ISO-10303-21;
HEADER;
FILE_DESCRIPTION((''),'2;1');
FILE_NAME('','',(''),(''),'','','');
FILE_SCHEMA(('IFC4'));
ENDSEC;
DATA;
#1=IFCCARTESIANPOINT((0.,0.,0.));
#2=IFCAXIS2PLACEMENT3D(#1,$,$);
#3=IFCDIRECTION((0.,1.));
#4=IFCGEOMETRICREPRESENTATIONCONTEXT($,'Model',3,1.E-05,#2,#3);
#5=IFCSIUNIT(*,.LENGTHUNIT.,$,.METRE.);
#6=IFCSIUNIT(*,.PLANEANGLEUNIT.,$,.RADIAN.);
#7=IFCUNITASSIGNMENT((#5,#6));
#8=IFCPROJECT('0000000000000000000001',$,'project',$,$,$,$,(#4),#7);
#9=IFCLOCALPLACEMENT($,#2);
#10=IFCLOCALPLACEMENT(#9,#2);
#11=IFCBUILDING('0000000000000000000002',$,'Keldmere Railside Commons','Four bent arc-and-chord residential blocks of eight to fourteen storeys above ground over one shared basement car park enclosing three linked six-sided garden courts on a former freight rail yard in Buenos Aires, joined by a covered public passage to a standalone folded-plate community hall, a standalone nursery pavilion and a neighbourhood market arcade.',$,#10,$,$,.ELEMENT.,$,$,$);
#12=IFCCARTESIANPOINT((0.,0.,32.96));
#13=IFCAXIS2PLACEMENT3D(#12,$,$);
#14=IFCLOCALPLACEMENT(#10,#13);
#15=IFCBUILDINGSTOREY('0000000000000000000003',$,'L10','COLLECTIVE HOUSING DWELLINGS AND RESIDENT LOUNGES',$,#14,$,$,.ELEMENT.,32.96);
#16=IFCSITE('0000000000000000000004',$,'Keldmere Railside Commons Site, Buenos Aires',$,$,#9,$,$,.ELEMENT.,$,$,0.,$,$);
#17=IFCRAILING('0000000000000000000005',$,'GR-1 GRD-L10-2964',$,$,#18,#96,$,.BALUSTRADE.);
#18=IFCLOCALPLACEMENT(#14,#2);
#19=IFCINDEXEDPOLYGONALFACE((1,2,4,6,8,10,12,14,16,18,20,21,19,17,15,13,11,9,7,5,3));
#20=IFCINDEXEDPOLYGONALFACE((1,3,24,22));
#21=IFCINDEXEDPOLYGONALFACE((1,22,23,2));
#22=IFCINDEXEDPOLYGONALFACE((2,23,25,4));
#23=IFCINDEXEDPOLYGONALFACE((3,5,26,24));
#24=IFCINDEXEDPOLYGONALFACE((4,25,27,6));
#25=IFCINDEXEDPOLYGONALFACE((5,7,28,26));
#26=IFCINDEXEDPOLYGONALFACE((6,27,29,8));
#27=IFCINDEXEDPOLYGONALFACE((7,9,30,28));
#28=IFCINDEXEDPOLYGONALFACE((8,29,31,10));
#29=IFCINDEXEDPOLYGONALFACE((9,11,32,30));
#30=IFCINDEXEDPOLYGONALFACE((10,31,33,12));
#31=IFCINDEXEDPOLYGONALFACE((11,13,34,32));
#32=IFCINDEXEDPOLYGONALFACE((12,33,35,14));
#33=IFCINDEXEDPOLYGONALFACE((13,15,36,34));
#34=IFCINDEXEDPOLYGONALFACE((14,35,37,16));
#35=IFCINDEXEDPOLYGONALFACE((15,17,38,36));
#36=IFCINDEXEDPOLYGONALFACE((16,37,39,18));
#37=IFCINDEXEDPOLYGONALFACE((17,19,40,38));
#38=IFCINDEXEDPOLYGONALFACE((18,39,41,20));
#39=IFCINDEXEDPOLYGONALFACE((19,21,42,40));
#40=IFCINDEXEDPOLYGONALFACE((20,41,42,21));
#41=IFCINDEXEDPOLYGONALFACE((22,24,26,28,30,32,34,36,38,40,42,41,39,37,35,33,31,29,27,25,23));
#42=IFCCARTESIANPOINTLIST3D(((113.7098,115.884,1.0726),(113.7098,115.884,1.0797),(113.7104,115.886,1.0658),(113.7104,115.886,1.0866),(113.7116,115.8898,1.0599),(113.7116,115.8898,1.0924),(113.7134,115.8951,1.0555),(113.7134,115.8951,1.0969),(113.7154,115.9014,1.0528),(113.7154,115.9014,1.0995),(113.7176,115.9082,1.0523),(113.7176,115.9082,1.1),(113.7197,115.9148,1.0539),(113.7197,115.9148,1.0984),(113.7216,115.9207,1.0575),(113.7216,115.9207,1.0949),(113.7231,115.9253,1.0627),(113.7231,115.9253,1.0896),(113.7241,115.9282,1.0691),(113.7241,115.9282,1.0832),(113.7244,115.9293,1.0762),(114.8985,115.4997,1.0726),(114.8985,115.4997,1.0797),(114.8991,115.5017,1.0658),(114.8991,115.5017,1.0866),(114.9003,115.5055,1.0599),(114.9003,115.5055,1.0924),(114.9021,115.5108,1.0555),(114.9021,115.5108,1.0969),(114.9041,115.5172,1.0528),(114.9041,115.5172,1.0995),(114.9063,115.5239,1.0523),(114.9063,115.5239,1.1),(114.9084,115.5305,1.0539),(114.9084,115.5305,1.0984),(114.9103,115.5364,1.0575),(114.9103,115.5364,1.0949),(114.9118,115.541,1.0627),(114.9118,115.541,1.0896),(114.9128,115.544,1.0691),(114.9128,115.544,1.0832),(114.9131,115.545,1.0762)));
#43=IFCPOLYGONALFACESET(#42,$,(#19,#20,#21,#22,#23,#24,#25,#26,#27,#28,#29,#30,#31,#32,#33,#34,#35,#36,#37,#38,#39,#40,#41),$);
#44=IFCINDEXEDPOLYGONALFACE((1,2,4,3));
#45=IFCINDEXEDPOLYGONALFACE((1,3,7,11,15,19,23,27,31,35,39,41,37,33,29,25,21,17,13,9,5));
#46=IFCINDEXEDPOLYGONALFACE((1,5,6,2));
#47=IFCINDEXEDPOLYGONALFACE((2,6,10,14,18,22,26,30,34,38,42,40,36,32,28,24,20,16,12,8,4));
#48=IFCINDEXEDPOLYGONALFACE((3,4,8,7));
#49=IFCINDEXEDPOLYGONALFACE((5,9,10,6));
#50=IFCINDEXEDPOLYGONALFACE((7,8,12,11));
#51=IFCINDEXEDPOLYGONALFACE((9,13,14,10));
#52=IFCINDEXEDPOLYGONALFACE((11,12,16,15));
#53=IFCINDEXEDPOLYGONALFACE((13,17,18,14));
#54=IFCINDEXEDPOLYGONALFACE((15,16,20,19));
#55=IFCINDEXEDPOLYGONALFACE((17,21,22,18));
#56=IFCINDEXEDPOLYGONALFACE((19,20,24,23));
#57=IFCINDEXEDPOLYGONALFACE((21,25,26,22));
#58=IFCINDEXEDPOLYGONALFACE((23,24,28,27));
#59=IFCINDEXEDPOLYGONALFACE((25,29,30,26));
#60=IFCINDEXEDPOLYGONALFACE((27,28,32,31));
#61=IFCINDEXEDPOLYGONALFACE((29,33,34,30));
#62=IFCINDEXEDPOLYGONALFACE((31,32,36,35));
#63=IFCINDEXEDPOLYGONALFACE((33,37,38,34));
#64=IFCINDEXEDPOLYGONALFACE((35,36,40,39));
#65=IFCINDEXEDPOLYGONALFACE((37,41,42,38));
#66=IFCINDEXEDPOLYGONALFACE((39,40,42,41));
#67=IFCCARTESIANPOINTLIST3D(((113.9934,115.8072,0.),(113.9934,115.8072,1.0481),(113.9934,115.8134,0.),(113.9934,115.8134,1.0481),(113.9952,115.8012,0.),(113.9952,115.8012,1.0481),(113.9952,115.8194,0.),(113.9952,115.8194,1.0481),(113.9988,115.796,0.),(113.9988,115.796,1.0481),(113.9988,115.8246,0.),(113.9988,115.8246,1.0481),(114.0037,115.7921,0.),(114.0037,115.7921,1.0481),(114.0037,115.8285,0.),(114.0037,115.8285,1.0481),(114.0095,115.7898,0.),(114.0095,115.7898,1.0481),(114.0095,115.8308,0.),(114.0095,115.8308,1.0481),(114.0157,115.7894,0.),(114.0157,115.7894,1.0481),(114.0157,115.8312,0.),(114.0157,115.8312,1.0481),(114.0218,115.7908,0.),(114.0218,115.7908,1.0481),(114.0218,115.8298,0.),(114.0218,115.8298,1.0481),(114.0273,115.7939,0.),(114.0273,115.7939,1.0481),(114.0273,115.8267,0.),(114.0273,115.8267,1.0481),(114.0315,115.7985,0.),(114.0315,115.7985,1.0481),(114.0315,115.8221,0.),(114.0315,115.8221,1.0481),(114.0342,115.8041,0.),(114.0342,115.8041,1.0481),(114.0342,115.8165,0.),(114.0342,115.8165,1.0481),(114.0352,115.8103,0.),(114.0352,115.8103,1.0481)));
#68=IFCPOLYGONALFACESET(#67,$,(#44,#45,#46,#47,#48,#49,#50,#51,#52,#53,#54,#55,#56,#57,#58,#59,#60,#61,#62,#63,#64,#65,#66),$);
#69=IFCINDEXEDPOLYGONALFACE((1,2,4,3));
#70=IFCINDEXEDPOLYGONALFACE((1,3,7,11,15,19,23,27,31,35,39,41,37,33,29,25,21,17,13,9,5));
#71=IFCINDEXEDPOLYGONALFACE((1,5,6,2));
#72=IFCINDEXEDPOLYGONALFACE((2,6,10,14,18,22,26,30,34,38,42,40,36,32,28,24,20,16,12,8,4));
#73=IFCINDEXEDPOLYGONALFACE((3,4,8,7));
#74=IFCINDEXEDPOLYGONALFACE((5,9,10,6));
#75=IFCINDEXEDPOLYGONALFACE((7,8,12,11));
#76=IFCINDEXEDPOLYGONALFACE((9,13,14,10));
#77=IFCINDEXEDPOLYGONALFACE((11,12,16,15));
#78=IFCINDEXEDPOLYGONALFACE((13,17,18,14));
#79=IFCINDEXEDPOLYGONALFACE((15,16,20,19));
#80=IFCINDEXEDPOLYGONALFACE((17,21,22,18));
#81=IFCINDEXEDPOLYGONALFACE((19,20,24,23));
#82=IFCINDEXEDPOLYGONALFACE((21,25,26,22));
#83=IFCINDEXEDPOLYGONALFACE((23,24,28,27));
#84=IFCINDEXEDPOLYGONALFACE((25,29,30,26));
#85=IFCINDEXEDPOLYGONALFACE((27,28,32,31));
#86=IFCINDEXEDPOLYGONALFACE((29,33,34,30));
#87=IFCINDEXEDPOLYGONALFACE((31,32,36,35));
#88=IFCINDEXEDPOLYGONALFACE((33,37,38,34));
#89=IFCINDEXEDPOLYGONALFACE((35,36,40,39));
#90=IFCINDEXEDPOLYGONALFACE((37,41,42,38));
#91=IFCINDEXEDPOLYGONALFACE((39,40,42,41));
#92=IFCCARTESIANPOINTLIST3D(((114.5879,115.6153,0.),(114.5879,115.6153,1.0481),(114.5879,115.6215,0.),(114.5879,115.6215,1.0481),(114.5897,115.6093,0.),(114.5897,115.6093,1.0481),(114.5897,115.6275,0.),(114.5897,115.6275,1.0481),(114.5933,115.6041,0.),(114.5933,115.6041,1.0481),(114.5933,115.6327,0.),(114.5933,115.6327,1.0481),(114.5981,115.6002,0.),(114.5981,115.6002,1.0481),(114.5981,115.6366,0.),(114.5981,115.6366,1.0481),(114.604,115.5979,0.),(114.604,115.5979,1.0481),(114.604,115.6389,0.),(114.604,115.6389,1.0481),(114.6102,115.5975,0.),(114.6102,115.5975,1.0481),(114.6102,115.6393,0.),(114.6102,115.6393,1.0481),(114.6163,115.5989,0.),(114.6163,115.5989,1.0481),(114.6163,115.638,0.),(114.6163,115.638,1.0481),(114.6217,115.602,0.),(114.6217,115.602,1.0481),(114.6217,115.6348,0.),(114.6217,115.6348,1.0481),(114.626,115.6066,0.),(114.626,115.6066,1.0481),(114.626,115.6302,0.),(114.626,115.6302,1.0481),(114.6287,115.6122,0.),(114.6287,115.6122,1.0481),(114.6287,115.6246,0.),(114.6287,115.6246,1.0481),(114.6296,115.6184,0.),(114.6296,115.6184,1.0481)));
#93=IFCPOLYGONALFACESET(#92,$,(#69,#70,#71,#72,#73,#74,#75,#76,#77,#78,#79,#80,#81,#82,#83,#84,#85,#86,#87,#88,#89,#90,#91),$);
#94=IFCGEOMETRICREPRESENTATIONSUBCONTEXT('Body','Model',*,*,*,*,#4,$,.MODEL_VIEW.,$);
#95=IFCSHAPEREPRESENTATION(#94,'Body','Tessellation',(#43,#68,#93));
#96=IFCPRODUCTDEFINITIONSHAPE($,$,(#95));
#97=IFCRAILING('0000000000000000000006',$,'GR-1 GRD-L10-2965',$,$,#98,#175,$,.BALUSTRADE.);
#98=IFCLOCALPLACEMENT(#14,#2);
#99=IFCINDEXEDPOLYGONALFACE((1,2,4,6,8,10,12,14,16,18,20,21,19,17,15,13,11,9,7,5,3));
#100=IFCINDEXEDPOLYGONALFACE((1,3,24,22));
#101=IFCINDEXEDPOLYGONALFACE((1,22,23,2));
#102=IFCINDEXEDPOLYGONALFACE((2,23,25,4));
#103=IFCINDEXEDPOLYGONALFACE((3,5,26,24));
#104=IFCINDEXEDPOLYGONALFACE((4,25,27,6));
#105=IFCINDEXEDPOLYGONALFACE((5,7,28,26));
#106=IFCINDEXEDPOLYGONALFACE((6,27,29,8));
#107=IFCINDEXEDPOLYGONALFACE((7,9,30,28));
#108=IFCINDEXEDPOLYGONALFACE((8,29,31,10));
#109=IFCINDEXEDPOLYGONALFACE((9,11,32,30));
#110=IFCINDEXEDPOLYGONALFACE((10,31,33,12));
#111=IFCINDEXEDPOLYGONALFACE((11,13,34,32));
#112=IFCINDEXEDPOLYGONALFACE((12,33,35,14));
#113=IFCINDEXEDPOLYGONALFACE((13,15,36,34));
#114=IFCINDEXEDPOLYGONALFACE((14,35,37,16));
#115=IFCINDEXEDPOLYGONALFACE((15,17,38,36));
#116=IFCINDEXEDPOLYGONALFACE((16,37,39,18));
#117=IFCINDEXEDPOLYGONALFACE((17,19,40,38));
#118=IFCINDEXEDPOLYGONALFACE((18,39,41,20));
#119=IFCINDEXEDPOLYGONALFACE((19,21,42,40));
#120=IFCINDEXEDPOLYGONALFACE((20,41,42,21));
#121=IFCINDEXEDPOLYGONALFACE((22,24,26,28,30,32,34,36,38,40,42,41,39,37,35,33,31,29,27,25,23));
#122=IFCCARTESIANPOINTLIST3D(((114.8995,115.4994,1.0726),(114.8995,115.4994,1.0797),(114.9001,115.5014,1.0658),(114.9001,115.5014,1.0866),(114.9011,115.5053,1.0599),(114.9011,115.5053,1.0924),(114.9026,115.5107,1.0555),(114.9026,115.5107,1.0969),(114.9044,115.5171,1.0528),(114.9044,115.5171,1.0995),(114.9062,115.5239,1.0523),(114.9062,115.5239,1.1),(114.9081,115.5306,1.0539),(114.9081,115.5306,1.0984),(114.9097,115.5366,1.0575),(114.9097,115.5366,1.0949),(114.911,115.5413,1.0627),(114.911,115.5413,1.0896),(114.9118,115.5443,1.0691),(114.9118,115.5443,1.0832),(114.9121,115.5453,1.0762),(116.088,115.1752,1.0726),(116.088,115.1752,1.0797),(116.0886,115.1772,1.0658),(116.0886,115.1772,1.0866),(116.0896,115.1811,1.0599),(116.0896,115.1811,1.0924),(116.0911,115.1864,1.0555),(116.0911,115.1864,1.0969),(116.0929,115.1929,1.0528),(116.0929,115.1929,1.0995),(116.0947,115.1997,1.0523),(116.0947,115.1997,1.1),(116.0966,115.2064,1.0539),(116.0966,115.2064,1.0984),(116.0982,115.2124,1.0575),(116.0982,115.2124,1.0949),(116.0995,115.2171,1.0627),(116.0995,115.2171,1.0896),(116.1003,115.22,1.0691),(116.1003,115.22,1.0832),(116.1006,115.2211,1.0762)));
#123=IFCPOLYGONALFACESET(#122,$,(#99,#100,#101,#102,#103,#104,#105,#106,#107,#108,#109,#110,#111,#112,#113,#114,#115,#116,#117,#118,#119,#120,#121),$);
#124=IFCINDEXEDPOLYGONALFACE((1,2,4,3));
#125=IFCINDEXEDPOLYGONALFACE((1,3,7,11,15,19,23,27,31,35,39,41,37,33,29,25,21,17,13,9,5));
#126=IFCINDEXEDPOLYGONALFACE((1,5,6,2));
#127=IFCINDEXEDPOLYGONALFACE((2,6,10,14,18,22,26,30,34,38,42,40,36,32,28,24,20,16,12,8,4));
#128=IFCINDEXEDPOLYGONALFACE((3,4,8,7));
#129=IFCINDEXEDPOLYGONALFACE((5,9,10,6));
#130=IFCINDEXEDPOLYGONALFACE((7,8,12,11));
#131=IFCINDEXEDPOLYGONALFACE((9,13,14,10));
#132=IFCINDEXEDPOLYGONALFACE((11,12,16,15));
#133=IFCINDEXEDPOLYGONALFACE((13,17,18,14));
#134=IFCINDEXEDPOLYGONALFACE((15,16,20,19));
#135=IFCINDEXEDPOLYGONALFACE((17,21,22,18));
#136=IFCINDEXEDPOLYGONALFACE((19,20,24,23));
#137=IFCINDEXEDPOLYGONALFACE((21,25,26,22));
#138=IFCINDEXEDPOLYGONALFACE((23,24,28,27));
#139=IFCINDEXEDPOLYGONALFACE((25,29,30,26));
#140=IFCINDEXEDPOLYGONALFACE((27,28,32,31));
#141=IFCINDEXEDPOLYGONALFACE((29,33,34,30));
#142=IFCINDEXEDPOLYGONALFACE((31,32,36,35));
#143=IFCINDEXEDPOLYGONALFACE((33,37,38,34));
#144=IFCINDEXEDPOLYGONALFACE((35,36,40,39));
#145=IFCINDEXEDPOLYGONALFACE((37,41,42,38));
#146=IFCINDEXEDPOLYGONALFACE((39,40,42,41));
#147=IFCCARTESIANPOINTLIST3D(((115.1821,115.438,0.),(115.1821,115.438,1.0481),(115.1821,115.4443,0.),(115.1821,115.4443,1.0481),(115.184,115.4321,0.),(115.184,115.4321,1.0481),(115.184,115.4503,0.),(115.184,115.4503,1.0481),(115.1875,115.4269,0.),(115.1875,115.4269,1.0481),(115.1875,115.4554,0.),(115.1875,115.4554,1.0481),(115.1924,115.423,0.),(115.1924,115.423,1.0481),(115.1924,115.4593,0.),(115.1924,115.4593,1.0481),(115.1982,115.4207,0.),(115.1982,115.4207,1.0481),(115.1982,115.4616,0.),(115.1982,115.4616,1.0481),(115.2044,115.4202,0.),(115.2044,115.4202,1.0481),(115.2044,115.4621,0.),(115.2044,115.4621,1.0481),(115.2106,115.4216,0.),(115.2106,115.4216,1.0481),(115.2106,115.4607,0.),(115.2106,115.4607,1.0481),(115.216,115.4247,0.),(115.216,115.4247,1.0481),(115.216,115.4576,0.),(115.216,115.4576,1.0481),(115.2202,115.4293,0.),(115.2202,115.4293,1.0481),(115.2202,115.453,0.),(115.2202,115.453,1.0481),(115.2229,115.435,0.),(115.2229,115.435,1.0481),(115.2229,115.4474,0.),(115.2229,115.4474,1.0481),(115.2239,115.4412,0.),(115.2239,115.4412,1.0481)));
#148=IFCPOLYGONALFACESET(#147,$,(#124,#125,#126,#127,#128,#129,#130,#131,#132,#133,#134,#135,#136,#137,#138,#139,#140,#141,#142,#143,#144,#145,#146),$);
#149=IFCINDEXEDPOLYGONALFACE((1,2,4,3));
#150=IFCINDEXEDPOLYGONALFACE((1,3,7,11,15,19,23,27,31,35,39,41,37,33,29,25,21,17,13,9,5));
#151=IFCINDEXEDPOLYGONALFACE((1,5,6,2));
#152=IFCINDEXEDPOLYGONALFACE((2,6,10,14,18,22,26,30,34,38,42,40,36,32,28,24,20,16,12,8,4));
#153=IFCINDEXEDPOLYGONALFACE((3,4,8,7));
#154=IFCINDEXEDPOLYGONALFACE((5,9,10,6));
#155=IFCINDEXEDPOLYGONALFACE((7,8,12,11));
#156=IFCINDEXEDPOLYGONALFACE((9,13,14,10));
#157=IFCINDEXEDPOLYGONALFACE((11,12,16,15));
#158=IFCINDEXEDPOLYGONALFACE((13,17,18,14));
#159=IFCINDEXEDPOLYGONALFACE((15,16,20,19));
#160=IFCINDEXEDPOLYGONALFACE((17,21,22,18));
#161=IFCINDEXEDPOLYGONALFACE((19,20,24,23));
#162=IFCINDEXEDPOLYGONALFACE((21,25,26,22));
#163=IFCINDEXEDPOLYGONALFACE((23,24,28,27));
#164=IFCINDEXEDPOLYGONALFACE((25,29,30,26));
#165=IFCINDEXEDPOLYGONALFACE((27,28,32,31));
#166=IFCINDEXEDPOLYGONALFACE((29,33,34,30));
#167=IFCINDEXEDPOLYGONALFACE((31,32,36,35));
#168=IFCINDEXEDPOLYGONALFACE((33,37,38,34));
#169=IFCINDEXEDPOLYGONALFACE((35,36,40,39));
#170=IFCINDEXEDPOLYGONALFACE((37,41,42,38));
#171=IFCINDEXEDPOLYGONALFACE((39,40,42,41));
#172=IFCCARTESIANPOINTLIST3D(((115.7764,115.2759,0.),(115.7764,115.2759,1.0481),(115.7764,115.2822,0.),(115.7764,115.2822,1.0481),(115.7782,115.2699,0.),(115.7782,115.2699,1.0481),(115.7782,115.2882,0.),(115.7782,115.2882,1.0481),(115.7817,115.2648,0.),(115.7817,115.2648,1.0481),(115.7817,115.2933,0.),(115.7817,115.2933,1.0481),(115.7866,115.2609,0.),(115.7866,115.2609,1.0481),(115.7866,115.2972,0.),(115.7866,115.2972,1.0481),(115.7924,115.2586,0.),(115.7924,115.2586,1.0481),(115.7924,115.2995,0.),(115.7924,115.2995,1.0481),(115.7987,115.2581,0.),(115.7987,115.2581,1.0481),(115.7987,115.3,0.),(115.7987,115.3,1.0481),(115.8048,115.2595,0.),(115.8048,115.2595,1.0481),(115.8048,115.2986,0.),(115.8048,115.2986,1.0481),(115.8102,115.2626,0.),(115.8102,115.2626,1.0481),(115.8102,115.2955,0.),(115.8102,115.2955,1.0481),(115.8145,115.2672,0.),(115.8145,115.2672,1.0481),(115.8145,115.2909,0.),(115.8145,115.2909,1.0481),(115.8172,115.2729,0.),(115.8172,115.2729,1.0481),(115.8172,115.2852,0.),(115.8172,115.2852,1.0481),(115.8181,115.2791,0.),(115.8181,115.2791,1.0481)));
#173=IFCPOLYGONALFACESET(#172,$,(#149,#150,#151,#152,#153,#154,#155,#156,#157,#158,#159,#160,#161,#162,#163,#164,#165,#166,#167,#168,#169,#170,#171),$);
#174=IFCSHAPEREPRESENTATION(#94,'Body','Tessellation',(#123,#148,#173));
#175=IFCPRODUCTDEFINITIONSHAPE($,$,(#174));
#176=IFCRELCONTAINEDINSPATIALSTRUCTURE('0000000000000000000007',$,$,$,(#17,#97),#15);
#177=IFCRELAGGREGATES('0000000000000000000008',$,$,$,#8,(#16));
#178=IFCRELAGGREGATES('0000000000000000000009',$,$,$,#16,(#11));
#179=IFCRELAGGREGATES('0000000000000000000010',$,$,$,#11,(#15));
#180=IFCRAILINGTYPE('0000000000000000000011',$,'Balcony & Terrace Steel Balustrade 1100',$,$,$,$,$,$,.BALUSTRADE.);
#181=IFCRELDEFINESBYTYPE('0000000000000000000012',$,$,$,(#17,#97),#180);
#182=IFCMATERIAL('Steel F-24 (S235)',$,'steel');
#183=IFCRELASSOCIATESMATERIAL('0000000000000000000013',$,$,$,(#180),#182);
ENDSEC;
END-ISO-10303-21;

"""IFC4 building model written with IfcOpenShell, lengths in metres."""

from ifc_helpers import new_model, si_unit, direction, frame, origin, origin_2d, place, context, subcontext, project, spatial, circle, extrude, material, type_object, element, save


model = new_model("IFC4")

# Units and contexts
model_context = context("Model", 3, precision=1e-05, world=origin(), true_north=direction((0.0, 1.0)))
body_context = subcontext(model_context, "Body", "Model", "MODEL_VIEW")
ifc_project = project(units=[si_unit("LENGTHUNIT", "METRE"), si_unit("PLANEANGLEUNIT", "RADIAN")], contexts=[model_context])

# Site, building, storey
site_placement = place(None, origin())
site = spatial("IfcSite", under=ifc_project, at=site_placement, Name="Keldmere Railside Commons Site, Buenos Aires", CompositionType="ELEMENT", RefElevation=0.0)
building_placement = place(site_placement, origin())
building = spatial("IfcBuilding", under=site, at=building_placement, Name="Keldmere Railside Commons", Description="Four bent arc-and-chord residential blocks of eight to fourteen storeys above ground over one shared basement car park enclosing three linked six-sided garden courts on a former freight rail yard in Buenos Aires, joined by a covered public passage to a standalone folded-plate community hall, a standalone nursery pavilion and a neighbourhood market arcade.", CompositionType="ELEMENT")
storey_placement = place(building_placement, frame((0.0, 0.0, 32.96)))
storey = spatial("IfcBuildingStorey", under=building, at=storey_placement, Name="L10", Description="COLLECTIVE HOUSING DWELLINGS AND RESIDENT LOUNGES", CompositionType="ELEMENT", Elevation=32.96)

# Railings
ifc_material_1 = material(Name="Steel F-24 (S235)", Category="steel")
railing_type = type_object("IfcRailingType", Name="Balcony & Terrace Steel Balustrade 1100", PredefinedType="BALUSTRADE", material=ifc_material_1)
railing_1_placement = place(storey_placement, frame((113.717, 115.9065, 0.0)))
element("IfcRailing", 1, at=railing_1_placement, inside=storey, type_object=railing_type, Name="GR-1 GRD-L10-2964", PredefinedType="BALUSTRADE", context=body_context, shape_type="SweptSolid", body=[
    extrude(circle(Radius=0.0239, at=origin_2d()), frame((0.0, 0.0, 1.0762), z_axis=(0.951517, -0.307597, 0.0), x_axis=(0.307597, 0.951517, 0.0)), (0.0, 0.0, 1.0), 1.2493),
    extrude(circle(Radius=0.021, at=origin_2d()), frame((0.2971, -0.0962, 0.0)), (0.0, 0.0, 1.0), 1.0481),
    extrude(circle(Radius=0.021, at=origin_2d()), frame((0.8916, -0.2881, 0.0)), (0.0, 0.0, 1.0), 1.0481),
])
railing_2_placement = place(storey_placement, frame((114.9058, 115.5222, 0.0)))
element("IfcRailing", 2, at=railing_2_placement, inside=storey, type_object=railing_type, Name="GR-1 GRD-L10-2965", PredefinedType="BALUSTRADE", context=body_context, shape_type="SweptSolid", body=[
    extrude(circle(Radius=0.0239, at=origin_2d()), frame((0.0, 0.0, 1.0762), z_axis=(0.964746, -0.263184, 0.0), x_axis=(0.263184, 0.964746, 0.0)), (0.0, 0.0, 1.0), 1.2319),
    extrude(circle(Radius=0.021, at=origin_2d()), frame((0.2971, -0.0811, 0.0)), (0.0, 0.0, 1.0), 1.0481),
    extrude(circle(Radius=0.021, at=origin_2d()), frame((0.8914, -0.2432, 0.0)), (0.0, 0.0, 1.0), 1.0481),
])

save(model, "model.ifc")
